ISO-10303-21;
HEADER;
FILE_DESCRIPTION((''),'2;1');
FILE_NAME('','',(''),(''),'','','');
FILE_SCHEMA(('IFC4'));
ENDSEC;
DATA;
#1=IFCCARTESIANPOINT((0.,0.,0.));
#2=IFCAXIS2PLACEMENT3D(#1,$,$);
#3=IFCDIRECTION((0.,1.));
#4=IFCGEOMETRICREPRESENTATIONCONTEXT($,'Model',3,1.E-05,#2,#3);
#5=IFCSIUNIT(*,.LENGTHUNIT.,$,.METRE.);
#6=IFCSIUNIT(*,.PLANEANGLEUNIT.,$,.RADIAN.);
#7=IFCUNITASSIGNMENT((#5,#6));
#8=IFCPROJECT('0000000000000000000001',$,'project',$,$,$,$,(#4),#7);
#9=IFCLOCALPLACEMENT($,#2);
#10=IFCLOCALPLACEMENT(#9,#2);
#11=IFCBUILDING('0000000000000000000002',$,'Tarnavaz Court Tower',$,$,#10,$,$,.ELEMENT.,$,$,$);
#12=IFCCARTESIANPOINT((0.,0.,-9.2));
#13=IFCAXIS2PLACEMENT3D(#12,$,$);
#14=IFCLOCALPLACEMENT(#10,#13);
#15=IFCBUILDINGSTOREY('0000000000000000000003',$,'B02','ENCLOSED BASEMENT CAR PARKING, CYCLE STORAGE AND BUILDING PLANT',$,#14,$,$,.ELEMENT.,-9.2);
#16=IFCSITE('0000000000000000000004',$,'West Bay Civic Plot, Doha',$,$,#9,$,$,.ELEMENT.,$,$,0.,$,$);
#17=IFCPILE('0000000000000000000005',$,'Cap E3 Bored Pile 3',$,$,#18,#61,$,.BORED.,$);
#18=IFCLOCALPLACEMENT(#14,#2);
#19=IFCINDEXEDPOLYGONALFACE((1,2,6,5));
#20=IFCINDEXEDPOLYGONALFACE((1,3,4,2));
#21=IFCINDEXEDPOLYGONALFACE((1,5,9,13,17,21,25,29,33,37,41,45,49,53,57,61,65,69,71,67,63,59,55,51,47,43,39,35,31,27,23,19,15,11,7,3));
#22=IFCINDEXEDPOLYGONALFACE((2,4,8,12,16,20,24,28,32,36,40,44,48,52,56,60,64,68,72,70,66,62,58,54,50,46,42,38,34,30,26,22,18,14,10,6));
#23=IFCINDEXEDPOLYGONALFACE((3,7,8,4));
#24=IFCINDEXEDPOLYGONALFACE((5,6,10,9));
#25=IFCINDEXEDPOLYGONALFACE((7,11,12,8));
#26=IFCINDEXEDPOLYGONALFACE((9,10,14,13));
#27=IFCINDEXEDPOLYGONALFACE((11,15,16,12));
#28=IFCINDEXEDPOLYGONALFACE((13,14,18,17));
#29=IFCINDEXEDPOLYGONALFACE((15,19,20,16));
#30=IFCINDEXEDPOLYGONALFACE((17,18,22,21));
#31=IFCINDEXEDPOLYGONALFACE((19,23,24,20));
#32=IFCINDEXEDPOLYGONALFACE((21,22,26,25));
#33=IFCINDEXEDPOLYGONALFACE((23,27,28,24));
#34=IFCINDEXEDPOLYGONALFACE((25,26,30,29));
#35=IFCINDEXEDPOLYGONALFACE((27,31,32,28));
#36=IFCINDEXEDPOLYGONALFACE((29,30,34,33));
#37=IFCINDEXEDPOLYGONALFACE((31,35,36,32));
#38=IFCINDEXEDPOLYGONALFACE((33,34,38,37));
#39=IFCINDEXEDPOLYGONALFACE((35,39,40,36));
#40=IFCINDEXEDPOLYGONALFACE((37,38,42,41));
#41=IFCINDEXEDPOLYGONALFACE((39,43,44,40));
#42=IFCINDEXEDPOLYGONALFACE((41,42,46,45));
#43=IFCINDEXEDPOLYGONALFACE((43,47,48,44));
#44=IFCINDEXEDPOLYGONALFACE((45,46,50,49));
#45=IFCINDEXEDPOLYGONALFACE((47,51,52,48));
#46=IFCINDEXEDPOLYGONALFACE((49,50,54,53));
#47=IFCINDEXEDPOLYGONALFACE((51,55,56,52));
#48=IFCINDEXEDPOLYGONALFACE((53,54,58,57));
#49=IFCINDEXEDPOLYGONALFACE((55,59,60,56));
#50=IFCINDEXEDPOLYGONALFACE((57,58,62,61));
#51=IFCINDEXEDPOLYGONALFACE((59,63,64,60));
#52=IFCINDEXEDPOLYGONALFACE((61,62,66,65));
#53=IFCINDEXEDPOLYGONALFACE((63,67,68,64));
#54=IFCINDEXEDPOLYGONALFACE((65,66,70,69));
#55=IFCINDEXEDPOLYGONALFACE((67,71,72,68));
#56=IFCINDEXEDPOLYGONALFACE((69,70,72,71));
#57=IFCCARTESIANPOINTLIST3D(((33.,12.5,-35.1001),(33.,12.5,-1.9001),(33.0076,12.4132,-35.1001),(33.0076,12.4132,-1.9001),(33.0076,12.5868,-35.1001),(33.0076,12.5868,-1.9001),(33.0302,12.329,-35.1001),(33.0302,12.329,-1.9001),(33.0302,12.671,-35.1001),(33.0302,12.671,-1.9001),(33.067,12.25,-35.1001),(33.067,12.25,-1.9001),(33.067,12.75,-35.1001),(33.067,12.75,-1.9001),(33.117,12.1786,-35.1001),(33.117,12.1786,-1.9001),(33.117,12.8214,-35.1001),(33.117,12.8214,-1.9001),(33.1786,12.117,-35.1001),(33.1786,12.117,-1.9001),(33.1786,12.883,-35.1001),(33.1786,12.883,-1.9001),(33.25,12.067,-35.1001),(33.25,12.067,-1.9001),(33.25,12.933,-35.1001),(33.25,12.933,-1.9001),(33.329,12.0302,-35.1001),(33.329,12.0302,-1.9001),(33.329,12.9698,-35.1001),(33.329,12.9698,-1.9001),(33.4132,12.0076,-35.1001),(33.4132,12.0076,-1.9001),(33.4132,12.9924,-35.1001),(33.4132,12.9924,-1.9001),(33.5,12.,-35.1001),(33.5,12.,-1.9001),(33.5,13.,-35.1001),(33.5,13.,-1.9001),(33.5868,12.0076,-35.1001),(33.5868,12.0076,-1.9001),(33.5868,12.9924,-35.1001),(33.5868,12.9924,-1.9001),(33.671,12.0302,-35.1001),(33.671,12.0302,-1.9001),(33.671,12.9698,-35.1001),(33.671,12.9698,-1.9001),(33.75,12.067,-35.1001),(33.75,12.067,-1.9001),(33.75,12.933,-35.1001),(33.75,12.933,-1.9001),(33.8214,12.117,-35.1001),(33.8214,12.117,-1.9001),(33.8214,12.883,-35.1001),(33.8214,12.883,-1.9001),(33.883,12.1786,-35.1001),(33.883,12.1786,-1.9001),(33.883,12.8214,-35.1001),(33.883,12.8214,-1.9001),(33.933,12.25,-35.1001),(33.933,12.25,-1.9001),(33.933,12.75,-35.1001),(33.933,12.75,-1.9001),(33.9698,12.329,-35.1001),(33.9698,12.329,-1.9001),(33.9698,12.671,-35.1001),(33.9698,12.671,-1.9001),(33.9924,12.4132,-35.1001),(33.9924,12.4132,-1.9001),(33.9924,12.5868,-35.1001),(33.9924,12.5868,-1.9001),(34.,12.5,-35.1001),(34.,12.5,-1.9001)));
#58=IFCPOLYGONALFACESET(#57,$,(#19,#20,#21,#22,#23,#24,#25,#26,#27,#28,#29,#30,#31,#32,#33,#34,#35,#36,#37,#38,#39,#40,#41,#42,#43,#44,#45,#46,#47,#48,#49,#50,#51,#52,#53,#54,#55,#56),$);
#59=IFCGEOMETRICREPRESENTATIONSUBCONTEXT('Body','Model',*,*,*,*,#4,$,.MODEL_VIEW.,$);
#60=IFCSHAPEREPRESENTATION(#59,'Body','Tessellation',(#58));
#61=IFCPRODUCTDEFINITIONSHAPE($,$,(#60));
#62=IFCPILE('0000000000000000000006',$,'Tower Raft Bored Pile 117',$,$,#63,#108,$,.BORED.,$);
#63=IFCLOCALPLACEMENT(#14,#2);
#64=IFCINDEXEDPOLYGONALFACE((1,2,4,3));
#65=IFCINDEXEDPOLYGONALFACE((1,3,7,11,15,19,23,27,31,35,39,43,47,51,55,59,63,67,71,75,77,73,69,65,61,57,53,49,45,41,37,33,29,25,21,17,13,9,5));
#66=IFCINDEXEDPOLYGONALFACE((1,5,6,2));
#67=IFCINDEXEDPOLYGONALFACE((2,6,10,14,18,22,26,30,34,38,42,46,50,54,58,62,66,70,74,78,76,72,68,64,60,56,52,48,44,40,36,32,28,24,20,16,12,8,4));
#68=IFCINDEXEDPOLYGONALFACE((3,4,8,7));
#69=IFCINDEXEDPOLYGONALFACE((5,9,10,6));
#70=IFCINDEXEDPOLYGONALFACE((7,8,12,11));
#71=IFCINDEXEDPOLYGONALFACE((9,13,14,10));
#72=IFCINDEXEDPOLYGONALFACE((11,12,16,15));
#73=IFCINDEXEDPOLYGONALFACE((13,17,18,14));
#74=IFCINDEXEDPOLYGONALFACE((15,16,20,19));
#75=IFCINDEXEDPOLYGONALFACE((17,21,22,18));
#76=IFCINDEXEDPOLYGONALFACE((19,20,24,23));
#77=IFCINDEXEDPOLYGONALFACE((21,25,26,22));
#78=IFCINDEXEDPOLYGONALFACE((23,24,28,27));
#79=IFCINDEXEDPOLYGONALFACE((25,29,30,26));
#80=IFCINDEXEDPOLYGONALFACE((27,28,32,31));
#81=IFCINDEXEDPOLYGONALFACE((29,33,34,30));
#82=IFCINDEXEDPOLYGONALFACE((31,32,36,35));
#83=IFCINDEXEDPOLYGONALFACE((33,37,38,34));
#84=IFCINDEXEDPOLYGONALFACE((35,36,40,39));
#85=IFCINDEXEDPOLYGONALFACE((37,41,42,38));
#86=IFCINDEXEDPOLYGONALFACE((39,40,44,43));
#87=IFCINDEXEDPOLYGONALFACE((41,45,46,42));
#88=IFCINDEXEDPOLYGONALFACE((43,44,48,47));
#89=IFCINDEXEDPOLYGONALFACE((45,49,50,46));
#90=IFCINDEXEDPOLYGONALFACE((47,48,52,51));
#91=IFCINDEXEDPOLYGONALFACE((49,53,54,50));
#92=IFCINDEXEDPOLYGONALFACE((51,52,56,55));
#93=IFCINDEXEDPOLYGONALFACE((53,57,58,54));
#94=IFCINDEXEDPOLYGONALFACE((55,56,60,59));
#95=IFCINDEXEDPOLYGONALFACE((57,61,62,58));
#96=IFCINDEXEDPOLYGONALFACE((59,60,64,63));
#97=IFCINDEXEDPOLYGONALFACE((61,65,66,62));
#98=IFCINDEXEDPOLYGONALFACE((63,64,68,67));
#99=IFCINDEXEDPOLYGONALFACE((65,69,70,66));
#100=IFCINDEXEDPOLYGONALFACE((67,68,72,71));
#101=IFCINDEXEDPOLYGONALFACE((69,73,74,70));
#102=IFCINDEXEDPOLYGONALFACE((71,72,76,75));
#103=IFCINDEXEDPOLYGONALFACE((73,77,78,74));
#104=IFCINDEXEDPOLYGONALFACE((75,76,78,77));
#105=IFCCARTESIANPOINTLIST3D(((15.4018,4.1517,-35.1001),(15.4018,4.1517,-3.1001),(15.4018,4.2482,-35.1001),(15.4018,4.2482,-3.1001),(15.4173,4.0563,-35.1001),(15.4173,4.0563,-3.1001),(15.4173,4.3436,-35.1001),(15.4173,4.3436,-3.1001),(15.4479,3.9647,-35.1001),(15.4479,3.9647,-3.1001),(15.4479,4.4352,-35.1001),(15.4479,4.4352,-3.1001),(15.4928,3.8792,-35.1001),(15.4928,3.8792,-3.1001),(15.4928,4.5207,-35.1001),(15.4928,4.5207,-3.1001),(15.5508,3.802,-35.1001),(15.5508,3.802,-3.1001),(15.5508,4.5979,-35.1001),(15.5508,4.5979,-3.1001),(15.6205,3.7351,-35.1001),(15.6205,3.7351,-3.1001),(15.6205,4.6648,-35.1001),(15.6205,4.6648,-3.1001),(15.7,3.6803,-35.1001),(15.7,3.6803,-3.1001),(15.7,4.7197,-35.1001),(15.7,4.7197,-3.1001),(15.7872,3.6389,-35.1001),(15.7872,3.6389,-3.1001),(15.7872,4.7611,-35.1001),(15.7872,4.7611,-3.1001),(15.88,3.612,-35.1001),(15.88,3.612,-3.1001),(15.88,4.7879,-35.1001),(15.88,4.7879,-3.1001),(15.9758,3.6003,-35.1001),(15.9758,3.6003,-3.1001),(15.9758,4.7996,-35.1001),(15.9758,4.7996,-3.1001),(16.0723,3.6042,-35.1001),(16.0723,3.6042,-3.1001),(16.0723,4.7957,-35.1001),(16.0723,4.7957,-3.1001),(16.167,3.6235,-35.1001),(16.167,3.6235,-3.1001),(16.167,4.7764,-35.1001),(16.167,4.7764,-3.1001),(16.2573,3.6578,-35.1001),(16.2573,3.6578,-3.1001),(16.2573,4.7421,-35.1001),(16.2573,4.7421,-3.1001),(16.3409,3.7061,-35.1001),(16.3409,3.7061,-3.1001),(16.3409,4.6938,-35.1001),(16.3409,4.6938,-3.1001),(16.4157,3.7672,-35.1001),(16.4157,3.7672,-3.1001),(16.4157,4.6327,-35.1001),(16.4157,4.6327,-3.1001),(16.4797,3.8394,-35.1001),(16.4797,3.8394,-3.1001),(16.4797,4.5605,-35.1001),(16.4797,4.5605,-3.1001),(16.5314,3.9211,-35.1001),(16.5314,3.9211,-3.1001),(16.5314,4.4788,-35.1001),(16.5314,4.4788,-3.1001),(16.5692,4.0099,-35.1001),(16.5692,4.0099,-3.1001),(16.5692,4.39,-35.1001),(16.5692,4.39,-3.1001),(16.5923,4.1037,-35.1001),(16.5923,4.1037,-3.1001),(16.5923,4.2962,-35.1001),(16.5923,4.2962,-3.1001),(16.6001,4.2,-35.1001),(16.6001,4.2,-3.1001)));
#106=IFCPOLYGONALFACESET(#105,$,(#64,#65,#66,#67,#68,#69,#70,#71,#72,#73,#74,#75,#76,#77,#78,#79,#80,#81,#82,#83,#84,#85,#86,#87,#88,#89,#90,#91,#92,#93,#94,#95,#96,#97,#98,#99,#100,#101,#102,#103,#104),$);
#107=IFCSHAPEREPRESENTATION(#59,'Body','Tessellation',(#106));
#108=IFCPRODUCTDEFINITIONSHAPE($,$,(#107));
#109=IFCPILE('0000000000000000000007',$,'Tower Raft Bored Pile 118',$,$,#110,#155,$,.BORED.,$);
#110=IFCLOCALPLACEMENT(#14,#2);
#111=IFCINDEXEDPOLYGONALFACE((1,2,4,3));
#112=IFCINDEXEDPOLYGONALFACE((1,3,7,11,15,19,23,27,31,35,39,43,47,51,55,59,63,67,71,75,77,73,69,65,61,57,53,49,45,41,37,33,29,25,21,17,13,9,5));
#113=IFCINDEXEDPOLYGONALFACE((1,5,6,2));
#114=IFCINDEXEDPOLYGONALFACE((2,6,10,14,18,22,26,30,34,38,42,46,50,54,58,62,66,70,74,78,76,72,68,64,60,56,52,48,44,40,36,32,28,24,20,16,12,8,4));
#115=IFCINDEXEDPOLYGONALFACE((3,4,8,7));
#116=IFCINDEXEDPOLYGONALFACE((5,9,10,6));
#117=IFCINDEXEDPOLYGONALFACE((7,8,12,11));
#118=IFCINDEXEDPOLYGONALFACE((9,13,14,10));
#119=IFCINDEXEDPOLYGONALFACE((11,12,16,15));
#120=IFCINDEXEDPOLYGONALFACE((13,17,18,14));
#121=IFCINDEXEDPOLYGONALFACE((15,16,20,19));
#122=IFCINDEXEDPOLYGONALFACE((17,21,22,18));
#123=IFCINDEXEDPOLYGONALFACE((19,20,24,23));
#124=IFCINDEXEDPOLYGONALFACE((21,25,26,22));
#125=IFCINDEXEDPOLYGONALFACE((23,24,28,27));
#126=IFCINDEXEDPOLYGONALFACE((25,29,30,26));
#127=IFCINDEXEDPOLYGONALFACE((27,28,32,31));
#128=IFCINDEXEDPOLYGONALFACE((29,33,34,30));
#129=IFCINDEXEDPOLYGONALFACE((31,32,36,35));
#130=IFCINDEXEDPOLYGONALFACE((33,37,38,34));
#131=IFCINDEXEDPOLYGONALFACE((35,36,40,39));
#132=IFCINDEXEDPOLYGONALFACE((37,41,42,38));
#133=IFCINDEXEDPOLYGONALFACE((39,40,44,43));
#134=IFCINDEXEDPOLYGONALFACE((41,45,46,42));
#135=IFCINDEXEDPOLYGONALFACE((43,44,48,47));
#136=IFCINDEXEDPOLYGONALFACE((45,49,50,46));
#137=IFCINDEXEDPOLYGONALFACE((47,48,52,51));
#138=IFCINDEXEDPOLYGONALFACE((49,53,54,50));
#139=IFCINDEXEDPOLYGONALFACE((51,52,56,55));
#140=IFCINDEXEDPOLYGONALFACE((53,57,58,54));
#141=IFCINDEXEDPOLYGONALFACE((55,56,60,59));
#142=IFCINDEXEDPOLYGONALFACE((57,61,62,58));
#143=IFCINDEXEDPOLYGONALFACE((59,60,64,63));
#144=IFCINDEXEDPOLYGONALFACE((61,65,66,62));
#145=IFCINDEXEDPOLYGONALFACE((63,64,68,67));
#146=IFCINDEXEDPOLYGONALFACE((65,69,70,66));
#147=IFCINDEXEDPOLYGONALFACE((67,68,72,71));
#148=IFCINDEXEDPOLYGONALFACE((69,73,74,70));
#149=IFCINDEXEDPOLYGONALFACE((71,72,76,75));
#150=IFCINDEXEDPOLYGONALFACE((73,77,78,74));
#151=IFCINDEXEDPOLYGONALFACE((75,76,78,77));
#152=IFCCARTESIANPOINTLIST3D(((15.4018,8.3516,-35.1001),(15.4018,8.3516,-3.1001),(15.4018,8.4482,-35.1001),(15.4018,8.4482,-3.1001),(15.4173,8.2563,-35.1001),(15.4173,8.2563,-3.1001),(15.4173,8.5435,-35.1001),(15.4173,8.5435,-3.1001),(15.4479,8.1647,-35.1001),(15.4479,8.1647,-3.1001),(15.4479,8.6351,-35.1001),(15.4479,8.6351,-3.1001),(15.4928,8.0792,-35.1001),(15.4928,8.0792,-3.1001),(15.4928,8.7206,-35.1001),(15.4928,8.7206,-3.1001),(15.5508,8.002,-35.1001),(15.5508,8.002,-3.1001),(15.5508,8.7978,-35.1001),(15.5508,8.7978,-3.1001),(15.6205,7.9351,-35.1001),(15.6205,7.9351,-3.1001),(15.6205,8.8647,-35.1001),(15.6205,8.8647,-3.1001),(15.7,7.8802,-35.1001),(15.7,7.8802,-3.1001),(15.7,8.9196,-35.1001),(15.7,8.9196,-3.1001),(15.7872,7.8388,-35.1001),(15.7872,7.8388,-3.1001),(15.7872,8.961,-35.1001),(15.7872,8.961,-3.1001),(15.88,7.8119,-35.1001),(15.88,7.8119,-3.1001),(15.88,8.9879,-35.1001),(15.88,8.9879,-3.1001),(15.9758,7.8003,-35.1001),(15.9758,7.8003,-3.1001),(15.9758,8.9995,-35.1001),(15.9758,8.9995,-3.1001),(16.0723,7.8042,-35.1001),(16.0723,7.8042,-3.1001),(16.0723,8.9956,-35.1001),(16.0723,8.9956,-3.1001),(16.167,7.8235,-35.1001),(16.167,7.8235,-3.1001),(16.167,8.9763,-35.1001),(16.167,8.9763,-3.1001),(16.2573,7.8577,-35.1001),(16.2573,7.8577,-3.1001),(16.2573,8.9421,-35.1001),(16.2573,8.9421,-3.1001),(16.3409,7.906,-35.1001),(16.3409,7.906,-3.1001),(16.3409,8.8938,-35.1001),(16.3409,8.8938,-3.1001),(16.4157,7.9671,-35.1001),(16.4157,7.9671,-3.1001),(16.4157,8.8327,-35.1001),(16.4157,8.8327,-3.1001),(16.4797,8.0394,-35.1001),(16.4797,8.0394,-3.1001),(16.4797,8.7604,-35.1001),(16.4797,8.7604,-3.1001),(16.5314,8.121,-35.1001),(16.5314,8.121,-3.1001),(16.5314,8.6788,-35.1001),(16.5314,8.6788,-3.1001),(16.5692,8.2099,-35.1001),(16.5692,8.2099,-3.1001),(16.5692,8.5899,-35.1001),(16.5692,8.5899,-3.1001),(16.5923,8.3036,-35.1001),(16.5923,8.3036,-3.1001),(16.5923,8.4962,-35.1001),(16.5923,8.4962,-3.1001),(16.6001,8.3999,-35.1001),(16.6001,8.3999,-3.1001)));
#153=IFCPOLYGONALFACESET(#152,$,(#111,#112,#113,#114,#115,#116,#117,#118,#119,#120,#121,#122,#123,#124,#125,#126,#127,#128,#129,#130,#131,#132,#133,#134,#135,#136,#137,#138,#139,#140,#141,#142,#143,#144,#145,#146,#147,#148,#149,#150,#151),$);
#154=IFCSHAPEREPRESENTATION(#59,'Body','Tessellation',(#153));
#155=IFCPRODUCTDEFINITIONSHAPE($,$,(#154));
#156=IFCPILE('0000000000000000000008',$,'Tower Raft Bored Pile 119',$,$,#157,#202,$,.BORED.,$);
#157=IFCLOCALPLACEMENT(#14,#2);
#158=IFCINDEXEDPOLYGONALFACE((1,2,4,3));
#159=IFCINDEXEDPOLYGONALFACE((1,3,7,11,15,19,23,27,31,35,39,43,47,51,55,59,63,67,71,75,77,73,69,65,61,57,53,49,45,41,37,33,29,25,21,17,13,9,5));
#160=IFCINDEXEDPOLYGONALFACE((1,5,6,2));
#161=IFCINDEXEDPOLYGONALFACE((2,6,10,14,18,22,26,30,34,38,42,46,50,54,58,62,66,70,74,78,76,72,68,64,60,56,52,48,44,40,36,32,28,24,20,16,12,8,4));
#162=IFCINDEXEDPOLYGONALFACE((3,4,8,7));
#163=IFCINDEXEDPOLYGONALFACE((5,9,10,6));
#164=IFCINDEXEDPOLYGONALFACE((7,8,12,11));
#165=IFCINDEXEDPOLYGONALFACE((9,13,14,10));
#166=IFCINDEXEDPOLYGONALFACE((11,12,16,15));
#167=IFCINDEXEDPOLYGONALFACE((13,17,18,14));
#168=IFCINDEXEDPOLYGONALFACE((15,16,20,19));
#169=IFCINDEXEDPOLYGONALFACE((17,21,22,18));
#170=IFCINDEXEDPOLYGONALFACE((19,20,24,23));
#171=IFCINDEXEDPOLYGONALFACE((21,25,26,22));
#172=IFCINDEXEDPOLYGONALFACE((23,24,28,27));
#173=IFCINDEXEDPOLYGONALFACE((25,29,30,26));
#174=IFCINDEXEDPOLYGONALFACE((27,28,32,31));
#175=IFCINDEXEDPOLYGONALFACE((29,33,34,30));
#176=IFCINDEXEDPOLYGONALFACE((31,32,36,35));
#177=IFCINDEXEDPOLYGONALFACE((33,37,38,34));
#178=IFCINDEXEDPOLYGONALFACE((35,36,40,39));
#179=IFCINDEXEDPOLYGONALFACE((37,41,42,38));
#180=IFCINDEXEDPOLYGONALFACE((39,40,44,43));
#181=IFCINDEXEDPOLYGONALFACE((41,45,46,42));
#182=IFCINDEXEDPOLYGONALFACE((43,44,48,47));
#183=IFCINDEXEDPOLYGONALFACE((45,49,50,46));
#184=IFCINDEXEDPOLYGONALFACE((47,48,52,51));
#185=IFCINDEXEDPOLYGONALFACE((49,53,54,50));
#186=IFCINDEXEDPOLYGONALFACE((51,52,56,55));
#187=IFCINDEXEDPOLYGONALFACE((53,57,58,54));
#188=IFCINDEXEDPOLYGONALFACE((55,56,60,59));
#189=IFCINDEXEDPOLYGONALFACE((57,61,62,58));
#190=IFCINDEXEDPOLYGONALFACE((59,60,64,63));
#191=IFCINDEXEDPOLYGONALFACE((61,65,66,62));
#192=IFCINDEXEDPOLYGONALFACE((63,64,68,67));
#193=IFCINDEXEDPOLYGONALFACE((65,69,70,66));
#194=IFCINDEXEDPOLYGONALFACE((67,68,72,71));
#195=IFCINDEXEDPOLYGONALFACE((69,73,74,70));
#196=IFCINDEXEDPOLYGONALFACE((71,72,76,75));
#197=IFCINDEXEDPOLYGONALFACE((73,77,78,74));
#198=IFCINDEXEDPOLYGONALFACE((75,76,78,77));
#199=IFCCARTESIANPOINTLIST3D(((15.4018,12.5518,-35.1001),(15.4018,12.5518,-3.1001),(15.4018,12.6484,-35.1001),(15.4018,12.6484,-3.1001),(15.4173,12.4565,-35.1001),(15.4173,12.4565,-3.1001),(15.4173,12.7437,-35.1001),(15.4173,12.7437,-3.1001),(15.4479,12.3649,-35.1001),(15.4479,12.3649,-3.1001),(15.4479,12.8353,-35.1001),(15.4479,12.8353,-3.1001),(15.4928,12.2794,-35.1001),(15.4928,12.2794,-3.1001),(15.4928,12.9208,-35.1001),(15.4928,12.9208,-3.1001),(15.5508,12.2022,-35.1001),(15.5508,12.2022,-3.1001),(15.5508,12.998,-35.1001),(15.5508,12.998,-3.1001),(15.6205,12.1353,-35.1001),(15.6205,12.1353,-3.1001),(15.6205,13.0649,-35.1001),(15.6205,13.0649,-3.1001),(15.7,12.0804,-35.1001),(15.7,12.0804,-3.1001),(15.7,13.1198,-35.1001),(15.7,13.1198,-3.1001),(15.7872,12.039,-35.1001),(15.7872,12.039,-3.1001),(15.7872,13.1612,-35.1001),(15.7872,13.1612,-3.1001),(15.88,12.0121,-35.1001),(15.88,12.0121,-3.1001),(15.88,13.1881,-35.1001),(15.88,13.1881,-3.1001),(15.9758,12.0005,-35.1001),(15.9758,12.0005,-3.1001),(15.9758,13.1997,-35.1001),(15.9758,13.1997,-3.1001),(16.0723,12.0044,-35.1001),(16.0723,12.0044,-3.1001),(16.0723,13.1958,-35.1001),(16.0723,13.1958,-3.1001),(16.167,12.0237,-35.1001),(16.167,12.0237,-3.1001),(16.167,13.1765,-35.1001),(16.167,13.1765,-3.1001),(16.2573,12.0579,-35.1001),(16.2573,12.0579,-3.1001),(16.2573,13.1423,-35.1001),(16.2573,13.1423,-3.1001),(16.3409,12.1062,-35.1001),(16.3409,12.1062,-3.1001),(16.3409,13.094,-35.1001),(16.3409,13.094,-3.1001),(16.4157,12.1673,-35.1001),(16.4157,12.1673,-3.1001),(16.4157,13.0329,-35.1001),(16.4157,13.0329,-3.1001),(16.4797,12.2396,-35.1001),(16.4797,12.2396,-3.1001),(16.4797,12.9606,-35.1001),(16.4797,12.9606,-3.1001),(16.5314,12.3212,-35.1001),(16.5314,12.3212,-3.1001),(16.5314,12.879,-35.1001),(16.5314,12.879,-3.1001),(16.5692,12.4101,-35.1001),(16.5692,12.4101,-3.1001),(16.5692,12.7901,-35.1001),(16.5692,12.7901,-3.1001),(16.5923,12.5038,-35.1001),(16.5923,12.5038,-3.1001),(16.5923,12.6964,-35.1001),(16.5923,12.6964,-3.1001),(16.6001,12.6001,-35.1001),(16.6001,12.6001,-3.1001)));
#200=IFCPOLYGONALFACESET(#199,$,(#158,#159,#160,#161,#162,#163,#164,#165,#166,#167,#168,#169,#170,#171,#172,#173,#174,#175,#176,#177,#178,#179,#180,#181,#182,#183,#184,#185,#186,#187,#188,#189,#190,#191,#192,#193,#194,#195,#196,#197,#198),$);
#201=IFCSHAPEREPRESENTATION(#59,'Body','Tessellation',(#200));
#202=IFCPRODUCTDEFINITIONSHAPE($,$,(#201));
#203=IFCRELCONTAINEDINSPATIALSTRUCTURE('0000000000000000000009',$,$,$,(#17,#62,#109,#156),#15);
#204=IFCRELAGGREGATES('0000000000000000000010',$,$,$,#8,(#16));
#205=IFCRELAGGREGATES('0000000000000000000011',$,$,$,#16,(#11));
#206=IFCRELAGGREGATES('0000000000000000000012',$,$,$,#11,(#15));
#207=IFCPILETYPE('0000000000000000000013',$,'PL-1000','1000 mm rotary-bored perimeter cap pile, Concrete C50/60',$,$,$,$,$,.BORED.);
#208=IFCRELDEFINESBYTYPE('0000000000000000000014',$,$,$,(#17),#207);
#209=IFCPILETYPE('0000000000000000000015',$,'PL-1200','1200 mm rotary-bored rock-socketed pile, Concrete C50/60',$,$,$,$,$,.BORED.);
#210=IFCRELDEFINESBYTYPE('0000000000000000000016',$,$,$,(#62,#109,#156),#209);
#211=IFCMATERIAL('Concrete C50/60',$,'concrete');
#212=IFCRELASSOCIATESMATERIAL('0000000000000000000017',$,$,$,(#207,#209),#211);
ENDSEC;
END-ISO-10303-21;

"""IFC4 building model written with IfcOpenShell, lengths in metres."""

from ifc_helpers import new_model, si_unit, direction, frame, origin, origin_2d, place, context, subcontext, project, spatial, circle, extrude, material, material_profile, profile_set, type_object, element, save


model = new_model("IFC4")

# Units and contexts
model_context = context("Model", 3, precision=1e-05, world=origin(), true_north=direction((0.0, 1.0)))
body_context = subcontext(model_context, "Body", "Model", "MODEL_VIEW")
ifc_project = project(units=[si_unit("LENGTHUNIT", "METRE"), si_unit("PLANEANGLEUNIT", "RADIAN")], contexts=[model_context])

# Site, building, storey
site_placement = place(None, origin())
site = spatial("IfcSite", under=ifc_project, at=site_placement, Name="West Bay Civic Plot, Doha", CompositionType="ELEMENT", RefElevation=0.0)
building_placement = place(site_placement, origin())
building = spatial("IfcBuilding", under=site, at=building_placement, Name="Tarnavaz Court Tower", CompositionType="ELEMENT")
storey_placement = place(building_placement, frame((0.0, 0.0, -9.2)))
storey = spatial("IfcBuildingStorey", under=building, at=storey_placement, Name="B02", Description="ENCLOSED BASEMENT CAR PARKING, CYCLE STORAGE AND BUILDING PLANT", CompositionType="ELEMENT", Elevation=-9.2)

# Shared definitions
ifc_material_1 = material(Name="Concrete C50/60", Category="concrete")

# Piles
ifc_material_profile_1 = material_profile(ifc_material_1, circle(Radius=0.5, at=origin_2d()), Name="PILE D1000")
ifc_profile_set_1 = profile_set([ifc_material_profile_1], Name="Concrete C50/60")
pile_type_1 = type_object("IfcPileType", Name="PL-1000", Description="1000 mm rotary-bored perimeter cap pile, Concrete C50/60", PredefinedType="BORED", material=ifc_profile_set_1)
for number, where, z_axis, x_axis, name in (
    (1, (33.5, 12.5, -1.9001), (0.0, 0.0, -1.0), (1.0, 0.0, 0.0), "Cap E3 Bored Pile 3"),
):
    element("IfcPile", number, at=place(storey_placement, frame(where, z_axis=z_axis, x_axis=x_axis)), inside=storey, type_object=pile_type_1, Name=name, PredefinedType="BORED", context=body_context, shape_type="SweptSolid", body=[
        extrude(circle(Radius=0.5, at=origin_2d()), origin(), (0.0, 0.0, 1.0), 33.2),
    ])
ifc_material_profile_2 = material_profile(ifc_material_1, circle(Radius=0.6001, at=origin_2d()), Name="PILE D1200")
ifc_profile_set_2 = profile_set([ifc_material_profile_2], Name="Concrete C50/60")
pile_type_2 = type_object("IfcPileType", Name="PL-1200", Description="1200 mm rotary-bored rock-socketed pile, Concrete C50/60", PredefinedType="BORED", material=ifc_profile_set_2)
for number, where, z_axis, x_axis, name in (
    (2, (16.0, 4.2, -3.1001), (0.0, 0.0, -1.0), (1.0, 0.0, 0.0), "Tower Raft Bored Pile 117"),
    (3, (16.0, 8.3999, -3.1001), (0.0, 0.0, -1.0), (1.0, 0.0, 0.0), "Tower Raft Bored Pile 118"),
    (4, (16.0, 12.6001, -3.1001), (0.0, 0.0, -1.0), (1.0, 0.0, 0.0), "Tower Raft Bored Pile 119"),
):
    element("IfcPile", number, at=place(storey_placement, frame(where, z_axis=z_axis, x_axis=x_axis)), inside=storey, type_object=pile_type_2, Name=name, PredefinedType="BORED", context=body_context, shape_type="SweptSolid", body=[
        extrude(circle(Radius=0.6001, at=origin_2d()), origin(), (0.0, 0.0, 1.0), 32.0),
    ])

save(model, "model.ifc")
